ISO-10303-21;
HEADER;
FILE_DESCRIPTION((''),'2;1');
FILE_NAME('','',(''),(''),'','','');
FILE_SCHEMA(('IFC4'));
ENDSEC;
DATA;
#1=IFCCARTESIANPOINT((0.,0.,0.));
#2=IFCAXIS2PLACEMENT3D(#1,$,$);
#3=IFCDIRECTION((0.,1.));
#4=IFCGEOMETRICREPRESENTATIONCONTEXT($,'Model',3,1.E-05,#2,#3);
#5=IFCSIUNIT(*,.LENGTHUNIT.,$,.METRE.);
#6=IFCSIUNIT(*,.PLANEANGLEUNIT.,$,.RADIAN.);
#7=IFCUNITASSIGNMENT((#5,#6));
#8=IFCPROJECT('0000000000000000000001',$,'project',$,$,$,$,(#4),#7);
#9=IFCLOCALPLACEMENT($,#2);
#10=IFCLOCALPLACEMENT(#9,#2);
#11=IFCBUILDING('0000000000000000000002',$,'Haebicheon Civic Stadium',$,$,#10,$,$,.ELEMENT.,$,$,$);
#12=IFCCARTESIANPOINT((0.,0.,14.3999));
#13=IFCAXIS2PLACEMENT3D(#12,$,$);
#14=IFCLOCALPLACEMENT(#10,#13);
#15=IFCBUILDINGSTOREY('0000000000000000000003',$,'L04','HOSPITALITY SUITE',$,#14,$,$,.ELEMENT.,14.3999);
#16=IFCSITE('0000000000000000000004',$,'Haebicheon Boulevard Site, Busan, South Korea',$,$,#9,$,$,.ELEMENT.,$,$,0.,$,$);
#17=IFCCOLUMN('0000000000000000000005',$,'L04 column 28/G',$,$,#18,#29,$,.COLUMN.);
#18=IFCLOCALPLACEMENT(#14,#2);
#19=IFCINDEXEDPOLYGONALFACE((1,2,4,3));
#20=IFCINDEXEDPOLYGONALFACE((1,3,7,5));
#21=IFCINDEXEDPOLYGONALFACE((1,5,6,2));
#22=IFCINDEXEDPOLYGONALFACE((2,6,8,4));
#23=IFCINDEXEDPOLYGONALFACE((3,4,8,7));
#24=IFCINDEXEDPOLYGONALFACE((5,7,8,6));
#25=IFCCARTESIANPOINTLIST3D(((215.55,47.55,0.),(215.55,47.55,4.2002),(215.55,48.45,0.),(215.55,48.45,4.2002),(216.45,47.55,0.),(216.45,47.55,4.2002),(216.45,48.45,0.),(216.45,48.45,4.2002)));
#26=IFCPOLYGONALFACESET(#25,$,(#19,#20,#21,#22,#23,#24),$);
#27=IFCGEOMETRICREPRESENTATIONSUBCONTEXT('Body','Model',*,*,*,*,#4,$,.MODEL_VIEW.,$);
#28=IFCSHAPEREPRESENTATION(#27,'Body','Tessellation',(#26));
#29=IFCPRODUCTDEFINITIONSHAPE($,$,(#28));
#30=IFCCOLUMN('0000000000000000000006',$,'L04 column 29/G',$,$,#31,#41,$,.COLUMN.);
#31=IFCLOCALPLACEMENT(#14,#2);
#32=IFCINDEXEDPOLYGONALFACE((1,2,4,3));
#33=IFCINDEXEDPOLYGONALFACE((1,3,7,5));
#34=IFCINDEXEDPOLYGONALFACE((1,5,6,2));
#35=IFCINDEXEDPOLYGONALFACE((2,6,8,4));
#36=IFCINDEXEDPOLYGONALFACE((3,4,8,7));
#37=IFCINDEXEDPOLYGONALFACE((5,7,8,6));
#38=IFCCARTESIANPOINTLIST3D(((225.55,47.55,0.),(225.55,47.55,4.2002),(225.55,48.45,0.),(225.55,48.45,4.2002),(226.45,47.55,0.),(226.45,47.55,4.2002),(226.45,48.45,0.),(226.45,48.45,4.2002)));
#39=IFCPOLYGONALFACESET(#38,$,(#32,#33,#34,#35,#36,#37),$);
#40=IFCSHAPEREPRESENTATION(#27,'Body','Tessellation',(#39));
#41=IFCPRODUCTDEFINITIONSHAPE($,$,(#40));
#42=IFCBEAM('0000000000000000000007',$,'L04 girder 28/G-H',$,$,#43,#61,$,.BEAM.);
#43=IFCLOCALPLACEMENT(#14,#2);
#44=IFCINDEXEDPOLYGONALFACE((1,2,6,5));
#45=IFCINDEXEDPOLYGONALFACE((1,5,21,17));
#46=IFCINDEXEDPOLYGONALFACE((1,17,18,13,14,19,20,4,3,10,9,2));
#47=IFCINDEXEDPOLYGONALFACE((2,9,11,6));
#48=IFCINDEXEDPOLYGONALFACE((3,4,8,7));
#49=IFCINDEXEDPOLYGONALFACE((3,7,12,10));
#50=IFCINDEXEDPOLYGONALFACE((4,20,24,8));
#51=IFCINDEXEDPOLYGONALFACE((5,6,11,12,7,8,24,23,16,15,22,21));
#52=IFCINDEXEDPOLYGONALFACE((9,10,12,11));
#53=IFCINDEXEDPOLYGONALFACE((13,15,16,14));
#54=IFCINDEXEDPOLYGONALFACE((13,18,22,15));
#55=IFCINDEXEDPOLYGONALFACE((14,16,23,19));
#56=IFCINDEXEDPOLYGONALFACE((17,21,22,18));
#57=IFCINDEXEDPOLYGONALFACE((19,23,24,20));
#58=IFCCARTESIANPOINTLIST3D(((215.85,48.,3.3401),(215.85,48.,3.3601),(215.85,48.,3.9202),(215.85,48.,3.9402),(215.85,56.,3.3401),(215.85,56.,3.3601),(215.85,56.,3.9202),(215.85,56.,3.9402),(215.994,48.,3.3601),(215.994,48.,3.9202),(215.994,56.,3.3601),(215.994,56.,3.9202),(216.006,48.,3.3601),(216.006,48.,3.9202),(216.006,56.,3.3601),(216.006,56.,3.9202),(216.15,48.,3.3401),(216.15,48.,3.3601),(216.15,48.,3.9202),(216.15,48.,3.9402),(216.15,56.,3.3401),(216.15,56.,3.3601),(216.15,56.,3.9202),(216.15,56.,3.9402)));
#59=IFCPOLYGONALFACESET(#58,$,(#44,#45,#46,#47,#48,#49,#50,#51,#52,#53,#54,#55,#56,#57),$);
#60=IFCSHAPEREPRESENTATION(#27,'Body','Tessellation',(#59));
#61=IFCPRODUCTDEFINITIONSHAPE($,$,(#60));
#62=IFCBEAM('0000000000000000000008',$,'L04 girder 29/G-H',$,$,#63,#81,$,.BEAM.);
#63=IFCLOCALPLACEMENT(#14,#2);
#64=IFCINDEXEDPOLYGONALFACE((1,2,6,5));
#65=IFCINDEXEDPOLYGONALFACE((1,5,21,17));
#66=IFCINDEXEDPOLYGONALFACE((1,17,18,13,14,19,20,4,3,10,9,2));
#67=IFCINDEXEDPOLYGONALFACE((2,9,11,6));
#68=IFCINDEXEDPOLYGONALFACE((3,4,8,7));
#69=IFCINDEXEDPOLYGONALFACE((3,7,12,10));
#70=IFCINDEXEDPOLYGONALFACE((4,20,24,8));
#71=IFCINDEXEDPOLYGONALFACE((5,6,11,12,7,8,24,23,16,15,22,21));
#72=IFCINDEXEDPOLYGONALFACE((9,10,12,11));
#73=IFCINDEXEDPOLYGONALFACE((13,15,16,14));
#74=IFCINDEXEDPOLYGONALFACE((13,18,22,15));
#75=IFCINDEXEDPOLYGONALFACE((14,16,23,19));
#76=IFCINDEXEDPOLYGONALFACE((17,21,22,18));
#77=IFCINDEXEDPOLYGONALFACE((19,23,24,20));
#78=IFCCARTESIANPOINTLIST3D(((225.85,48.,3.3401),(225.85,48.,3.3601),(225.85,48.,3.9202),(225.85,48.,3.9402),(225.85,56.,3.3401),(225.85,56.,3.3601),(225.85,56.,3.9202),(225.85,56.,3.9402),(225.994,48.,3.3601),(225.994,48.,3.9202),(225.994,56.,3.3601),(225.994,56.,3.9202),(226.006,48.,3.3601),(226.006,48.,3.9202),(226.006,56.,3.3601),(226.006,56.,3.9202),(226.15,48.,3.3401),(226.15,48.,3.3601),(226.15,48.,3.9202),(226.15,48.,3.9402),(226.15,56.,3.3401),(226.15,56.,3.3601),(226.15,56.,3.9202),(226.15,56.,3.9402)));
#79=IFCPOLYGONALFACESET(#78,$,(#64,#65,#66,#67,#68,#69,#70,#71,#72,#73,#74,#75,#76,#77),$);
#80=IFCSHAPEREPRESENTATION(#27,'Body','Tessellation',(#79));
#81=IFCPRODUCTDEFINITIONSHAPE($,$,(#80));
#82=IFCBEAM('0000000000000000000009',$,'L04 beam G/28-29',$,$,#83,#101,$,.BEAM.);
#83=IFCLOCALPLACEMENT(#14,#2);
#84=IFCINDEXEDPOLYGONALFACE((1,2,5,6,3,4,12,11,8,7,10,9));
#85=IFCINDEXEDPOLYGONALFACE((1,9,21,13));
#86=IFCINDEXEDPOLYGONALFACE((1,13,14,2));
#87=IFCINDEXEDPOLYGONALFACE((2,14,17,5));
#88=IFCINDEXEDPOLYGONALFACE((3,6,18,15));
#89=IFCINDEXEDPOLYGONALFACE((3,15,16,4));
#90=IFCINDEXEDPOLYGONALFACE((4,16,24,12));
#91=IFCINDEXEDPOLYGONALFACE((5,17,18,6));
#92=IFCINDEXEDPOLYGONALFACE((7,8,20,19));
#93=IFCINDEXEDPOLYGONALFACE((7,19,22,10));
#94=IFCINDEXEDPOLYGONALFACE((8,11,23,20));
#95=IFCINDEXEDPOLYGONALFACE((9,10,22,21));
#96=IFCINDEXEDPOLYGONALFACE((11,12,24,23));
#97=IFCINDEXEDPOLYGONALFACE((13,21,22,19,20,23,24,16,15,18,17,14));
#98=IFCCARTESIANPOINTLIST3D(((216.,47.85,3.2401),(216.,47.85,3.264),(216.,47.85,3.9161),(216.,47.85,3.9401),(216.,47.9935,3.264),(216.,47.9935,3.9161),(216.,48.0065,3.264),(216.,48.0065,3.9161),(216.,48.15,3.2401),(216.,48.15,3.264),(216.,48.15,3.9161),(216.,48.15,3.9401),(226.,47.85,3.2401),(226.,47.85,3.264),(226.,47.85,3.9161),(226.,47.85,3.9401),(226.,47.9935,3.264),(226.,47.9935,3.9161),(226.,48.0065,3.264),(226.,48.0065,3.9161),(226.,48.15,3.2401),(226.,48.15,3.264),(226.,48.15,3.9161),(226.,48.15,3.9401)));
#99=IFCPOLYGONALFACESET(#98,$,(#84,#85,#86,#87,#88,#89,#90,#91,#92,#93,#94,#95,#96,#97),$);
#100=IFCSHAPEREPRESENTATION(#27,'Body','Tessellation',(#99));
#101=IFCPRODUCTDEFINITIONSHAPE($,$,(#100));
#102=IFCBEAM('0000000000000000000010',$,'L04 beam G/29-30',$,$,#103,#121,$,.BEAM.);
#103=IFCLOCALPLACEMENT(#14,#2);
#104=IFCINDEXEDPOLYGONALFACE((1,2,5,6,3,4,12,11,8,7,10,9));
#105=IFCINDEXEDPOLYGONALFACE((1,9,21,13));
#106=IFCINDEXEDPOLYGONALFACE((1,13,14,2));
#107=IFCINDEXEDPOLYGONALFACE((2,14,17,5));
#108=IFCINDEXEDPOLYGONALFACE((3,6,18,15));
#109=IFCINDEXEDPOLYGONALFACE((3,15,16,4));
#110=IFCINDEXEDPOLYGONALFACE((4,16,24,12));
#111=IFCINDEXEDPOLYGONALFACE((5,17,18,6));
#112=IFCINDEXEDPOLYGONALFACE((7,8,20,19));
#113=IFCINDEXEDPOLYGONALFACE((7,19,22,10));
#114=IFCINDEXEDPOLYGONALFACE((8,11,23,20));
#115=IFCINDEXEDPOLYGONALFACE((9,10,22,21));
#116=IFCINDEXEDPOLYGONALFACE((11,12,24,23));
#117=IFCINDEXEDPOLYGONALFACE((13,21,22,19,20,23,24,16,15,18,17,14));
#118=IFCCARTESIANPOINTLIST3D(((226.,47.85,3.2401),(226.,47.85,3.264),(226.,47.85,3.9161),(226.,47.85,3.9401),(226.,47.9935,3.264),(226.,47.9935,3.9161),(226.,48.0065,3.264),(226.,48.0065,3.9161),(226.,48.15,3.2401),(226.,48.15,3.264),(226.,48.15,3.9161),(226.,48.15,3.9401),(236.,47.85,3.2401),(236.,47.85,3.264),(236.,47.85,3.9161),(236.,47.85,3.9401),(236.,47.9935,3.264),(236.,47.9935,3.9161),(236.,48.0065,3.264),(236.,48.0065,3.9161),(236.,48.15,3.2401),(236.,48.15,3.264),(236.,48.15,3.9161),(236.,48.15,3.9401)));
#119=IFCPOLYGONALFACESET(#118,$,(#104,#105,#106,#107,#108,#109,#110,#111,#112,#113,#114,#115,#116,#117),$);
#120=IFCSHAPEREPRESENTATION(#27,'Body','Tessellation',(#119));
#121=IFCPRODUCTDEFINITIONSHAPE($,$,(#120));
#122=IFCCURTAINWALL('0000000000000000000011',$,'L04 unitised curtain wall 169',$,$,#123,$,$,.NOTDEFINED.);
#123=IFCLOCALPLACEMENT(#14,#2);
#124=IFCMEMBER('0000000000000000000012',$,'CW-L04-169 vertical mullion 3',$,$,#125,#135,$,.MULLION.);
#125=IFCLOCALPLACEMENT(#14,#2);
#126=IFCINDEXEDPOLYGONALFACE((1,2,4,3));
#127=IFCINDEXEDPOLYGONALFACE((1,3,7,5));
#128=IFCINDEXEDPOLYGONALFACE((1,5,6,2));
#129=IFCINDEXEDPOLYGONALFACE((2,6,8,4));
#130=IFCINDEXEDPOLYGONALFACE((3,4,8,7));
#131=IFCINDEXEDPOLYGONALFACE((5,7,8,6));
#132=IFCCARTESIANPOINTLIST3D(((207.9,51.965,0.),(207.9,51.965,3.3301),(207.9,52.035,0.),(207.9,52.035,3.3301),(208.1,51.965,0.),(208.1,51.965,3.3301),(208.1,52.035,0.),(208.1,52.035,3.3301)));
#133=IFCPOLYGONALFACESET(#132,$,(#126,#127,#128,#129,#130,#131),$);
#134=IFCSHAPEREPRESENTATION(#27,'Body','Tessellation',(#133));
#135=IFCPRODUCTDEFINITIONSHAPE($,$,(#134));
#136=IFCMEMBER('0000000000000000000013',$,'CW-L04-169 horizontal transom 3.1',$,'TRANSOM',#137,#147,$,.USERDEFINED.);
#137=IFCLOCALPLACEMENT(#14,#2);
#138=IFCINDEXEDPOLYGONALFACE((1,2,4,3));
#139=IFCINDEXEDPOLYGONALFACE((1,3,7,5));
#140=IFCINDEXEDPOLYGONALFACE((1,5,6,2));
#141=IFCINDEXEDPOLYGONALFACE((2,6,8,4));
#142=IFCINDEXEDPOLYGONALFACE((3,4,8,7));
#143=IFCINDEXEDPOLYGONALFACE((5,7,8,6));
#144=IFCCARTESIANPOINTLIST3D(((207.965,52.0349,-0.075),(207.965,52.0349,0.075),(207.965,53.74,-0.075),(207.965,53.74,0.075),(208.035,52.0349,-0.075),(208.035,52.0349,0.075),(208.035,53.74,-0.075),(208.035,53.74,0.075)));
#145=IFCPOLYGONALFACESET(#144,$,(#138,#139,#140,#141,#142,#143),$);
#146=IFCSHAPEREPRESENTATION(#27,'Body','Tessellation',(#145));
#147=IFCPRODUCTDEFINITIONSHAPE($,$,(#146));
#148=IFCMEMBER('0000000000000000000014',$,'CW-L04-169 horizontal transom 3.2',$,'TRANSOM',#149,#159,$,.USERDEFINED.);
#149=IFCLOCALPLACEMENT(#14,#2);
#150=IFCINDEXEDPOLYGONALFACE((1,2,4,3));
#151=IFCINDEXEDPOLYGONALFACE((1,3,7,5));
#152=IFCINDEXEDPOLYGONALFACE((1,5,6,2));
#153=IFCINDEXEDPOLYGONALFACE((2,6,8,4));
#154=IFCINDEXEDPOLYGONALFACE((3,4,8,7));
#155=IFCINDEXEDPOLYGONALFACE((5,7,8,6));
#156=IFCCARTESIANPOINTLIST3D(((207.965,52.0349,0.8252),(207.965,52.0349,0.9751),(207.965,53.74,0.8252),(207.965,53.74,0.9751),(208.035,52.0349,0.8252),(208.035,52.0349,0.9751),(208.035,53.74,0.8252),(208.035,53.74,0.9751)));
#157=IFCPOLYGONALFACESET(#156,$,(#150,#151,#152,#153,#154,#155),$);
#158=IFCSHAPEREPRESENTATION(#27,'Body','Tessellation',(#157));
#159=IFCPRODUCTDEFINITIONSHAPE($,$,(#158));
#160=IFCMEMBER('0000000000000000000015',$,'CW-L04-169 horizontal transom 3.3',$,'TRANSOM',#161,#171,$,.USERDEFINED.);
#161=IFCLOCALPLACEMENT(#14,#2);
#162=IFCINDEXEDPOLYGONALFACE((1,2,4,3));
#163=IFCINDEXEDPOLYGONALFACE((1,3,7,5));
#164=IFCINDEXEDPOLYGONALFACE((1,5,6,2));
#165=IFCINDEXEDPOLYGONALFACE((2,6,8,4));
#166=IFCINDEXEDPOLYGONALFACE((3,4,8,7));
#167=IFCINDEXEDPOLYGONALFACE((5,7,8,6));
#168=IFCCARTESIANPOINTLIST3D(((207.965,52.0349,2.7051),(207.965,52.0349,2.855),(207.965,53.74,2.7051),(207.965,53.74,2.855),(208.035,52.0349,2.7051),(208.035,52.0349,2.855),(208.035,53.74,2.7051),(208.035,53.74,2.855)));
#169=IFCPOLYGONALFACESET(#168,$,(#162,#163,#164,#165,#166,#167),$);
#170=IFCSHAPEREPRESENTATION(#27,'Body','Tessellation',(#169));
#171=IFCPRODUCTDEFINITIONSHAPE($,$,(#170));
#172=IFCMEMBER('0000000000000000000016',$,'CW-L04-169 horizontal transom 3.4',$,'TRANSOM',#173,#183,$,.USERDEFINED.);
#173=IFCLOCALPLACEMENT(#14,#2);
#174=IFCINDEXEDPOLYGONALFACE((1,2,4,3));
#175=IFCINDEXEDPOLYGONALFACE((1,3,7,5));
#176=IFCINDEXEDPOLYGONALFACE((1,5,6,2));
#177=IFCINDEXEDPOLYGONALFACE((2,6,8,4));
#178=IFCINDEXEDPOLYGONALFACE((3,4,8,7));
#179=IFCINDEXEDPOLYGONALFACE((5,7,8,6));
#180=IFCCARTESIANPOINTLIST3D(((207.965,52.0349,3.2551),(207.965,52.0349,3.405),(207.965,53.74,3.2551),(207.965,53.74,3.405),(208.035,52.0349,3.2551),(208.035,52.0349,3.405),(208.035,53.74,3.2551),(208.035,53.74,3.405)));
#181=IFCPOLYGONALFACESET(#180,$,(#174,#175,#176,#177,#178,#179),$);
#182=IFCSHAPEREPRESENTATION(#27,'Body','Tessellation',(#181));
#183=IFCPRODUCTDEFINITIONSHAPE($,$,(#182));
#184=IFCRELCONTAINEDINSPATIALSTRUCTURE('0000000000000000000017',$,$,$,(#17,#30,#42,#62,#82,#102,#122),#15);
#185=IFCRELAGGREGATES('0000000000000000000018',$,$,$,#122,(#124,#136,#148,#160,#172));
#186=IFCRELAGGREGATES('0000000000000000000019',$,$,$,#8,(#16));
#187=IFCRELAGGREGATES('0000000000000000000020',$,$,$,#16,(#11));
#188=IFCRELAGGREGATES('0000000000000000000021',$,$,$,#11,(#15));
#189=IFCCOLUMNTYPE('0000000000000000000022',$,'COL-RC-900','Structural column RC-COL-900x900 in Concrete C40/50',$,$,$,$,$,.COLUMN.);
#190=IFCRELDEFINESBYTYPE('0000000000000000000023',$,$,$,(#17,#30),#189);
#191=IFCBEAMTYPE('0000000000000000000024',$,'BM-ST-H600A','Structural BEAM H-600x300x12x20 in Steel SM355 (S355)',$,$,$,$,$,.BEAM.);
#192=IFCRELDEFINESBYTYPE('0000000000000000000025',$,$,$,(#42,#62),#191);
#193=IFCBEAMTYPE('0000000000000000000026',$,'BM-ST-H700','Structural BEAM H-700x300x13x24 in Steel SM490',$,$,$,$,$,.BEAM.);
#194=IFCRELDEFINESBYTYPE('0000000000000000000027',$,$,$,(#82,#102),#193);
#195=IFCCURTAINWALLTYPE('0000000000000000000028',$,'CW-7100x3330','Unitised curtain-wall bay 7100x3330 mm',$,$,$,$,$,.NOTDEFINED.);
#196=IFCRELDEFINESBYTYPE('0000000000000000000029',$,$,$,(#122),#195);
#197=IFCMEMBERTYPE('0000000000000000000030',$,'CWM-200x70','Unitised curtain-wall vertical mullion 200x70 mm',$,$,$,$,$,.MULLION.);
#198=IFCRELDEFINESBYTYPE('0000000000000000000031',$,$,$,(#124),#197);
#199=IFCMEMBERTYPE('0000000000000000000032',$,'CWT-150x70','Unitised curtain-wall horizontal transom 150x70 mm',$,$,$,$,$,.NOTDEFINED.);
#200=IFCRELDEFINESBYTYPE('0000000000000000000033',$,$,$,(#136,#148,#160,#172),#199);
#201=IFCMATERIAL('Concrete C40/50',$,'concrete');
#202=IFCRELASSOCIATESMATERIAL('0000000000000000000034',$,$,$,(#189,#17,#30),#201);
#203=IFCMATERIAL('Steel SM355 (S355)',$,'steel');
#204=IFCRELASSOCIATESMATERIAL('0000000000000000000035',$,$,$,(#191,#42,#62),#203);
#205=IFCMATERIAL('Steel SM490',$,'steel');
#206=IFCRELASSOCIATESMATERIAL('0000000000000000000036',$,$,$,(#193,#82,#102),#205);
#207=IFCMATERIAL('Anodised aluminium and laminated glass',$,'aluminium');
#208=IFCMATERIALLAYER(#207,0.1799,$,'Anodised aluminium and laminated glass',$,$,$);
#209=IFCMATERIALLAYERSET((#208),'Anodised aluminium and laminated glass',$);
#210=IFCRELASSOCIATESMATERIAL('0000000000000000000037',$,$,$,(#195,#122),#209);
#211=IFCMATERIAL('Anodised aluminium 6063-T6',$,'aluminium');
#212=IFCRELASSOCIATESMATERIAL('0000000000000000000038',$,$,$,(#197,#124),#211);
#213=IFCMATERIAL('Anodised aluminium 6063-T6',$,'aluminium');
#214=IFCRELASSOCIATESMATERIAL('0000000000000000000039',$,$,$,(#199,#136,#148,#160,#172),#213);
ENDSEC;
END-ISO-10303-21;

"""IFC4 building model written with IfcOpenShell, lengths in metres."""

from ifc_helpers import new_model, si_unit, direction, frame, origin, origin_2d, place, context, subcontext, project, spatial, rectangle, i_section, extrude, material, layer, layer_set, material_profile, profile_set, type_object, element, aggregate, save


model = new_model("IFC4")

# Units and contexts
model_context = context("Model", 3, precision=1e-05, world=origin(), true_north=direction((0.0, 1.0)))
body_context = subcontext(model_context, "Body", "Model", "MODEL_VIEW")
ifc_project = project(units=[si_unit("LENGTHUNIT", "METRE"), si_unit("PLANEANGLEUNIT", "RADIAN")], contexts=[model_context])

# Site, building, storey
site_placement = place(None, origin())
site = spatial("IfcSite", under=ifc_project, at=site_placement, Name="Haebicheon Boulevard Site, Busan, South Korea", CompositionType="ELEMENT", RefElevation=0.0)
building_placement = place(site_placement, origin())
building = spatial("IfcBuilding", under=site, at=building_placement, Name="Haebicheon Civic Stadium", CompositionType="ELEMENT")
storey_placement = place(building_placement, frame((0.0, 0.0, 14.3999)))
storey = spatial("IfcBuildingStorey", under=building, at=storey_placement, Name="L04", Description="HOSPITALITY SUITE", CompositionType="ELEMENT", Elevation=14.3999)

# Columns
ifc_material_1 = material(Name="Concrete C40/50", Category="concrete")
ifc_material_profile_1 = material_profile(ifc_material_1, rectangle(XDim=0.8999, YDim=0.8999, at=origin_2d()), Name="RC-COL-900x900")
ifc_profile_set_1 = profile_set([ifc_material_profile_1], Name="Concrete C40/50")
column_type = type_object("IfcColumnType", Name="COL-RC-900", Description="Structural column RC-COL-900x900 in Concrete C40/50", PredefinedType="COLUMN", material=ifc_profile_set_1)
for number, where, z_axis, x_axis, name in (
    (1, (216.0, 48.0, 0.0), (0.0, 0.0, 1.0), (1.0, 0.0, 0.0), "L04 column 28/G"),
    (2, (226.0, 48.0, 0.0), (0.0, 0.0, 1.0), (1.0, 0.0, 0.0), "L04 column 29/G"),
):
    element("IfcColumn", number, at=place(storey_placement, frame(where, z_axis=z_axis, x_axis=x_axis)), inside=storey, type_object=column_type, material=ifc_profile_set_1, Name=name, PredefinedType="COLUMN", context=body_context, shape_type="SweptSolid", body=[
        extrude(rectangle(XDim=0.8999, YDim=0.8999, at=origin_2d()), origin(), (0.0, 0.0, 1.0), 4.2002),
    ])

# Beams
ifc_material_2 = material(Name="Steel SM355 (S355)", Category="steel")
ifc_material_profile_2 = material_profile(ifc_material_2, i_section(OverallWidth=0.3, OverallDepth=0.6001, WebThickness=0.012, FlangeThickness=0.02, at=origin_2d()), Name="H-600x300x12x20")
ifc_profile_set_2 = profile_set([ifc_material_profile_2], Name="Steel SM355 (S355)")
beam_type_1 = type_object("IfcBeamType", Name="BM-ST-H600A", Description="Structural BEAM H-600x300x12x20 in Steel SM355 (S355)", PredefinedType="BEAM", material=ifc_profile_set_2)
for number, where, z_axis, x_axis, name in (
    (3, (216.0, 48.0, 3.6401), (0.0, 1.0, 0.0), (-1.0, 0.0, 0.0), "L04 girder 28/G-H"),
    (4, (226.0, 48.0, 3.6401), (0.0, 1.0, 0.0), (-1.0, 0.0, 0.0), "L04 girder 29/G-H"),
):
    element("IfcBeam", number, at=place(storey_placement, frame(where, z_axis=z_axis, x_axis=x_axis)), inside=storey, type_object=beam_type_1, material=ifc_profile_set_2, Name=name, PredefinedType="BEAM", context=body_context, shape_type="SweptSolid", body=[
        extrude(i_section(OverallWidth=0.3, OverallDepth=0.6001, WebThickness=0.012, FlangeThickness=0.02, at=origin_2d()), origin(), (0.0, 0.0, 1.0), 8.0),
    ])
ifc_material_3 = material(Name="Steel SM490", Category="steel")
ifc_material_profile_3 = material_profile(ifc_material_3, i_section(OverallWidth=0.3, OverallDepth=0.7, WebThickness=0.0129, FlangeThickness=0.0239, at=origin_2d()), Name="H-700x300x13x24")
ifc_profile_set_3 = profile_set([ifc_material_profile_3], Name="Steel SM490")
beam_type_2 = type_object("IfcBeamType", Name="BM-ST-H700", Description="Structural BEAM H-700x300x13x24 in Steel SM490", PredefinedType="BEAM", material=ifc_profile_set_3)
for number, where, z_axis, x_axis, name in (
    (5, (216.0, 48.0, 3.5901), (1.0, 0.0, 0.0), (0.0, 1.0, 0.0), "L04 beam G/28-29"),
    (6, (226.0, 48.0, 3.5901), (1.0, 0.0, 0.0), (0.0, 1.0, 0.0), "L04 beam G/29-30"),
):
    element("IfcBeam", number, at=place(storey_placement, frame(where, z_axis=z_axis, x_axis=x_axis)), inside=storey, type_object=beam_type_2, material=ifc_profile_set_3, Name=name, PredefinedType="BEAM", context=body_context, shape_type="SweptSolid", body=[
        extrude(i_section(OverallWidth=0.3, OverallDepth=0.7, WebThickness=0.0129, FlangeThickness=0.0239, at=origin_2d()), origin(), (0.0, 0.0, 1.0), 10.0),
    ])

# Curtain wall, members
ifc_material_4 = material(Name="Anodised aluminium and laminated glass", Category="aluminium")
ifc_layer_1 = layer(ifc_material_4, 0.1799, Name="Anodised aluminium and laminated glass")
ifc_layer_set_1 = layer_set([ifc_layer_1], Name="Anodised aluminium and laminated glass")
curtain_wall_type = type_object("IfcCurtainWallType", Name="CW-7100x3330", Description="Unitised curtain-wall bay 7100x3330 mm", PredefinedType="NOTDEFINED", material=ifc_layer_set_1)
curtain_wall_placement = place(storey_placement, origin())
curtain_wall = element("IfcCurtainWall", 7, at=curtain_wall_placement, inside=storey, type_object=curtain_wall_type, material=ifc_layer_set_1, Name="L04 unitised curtain wall 169", PredefinedType="NOTDEFINED")
ifc_material_5 = material(Name="Anodised aluminium 6063-T6", Category="aluminium")
ifc_material_profile_4 = material_profile(ifc_material_5, rectangle(XDim=0.0701, YDim=0.2, at=origin_2d()), Name="ALU-MULL-70x200")
ifc_profile_set_4 = profile_set([ifc_material_profile_4], Name="Anodised aluminium 6063-T6")
member_type_1 = type_object("IfcMemberType", Name="CWM-200x70", Description="Unitised curtain-wall vertical mullion 200x70 mm", PredefinedType="MULLION", material=ifc_profile_set_4)
member_1_placement = place(storey_placement, frame((208.0, 52.0, 0.0), z_axis=(0.0, 0.0, 1.0), x_axis=(0.0, 1.0, 0.0)))
member_1 = element("IfcMember", 8, at=member_1_placement, type_object=member_type_1, material=ifc_profile_set_4, Name="CW-L04-169 vertical mullion 3", PredefinedType="MULLION", context=body_context, shape_type="SweptSolid", body=[
    extrude(rectangle(XDim=0.0701, YDim=0.2, at=origin_2d()), origin(), (0.0, 0.0, 1.0), 3.3301),
])
ifc_material_6 = material(Name="Anodised aluminium 6063-T6", Category="aluminium")
ifc_material_profile_5 = material_profile(ifc_material_6, rectangle(XDim=0.0701, YDim=0.1499, at=origin_2d()), Name="ALU-TRAN-70x150")
ifc_profile_set_5 = profile_set([ifc_material_profile_5], Name="Anodised aluminium 6063-T6")
member_type_2 = type_object("IfcMemberType", Name="CWT-150x70", Description="Unitised curtain-wall horizontal transom 150x70 mm", PredefinedType="NOTDEFINED", material=ifc_profile_set_5)
member_2_placement = place(storey_placement, frame((208.0, 52.0349, 0.0), z_axis=(0.0, 1.0, 0.0), x_axis=(-1.0, 0.0, 0.0)))
member_2 = element("IfcMember", 9, at=member_2_placement, type_object=member_type_2, material=ifc_profile_set_5, Name="CW-L04-169 horizontal transom 3.1", ObjectType="TRANSOM", PredefinedType="USERDEFINED", context=body_context, shape_type="SweptSolid", body=[
    extrude(rectangle(XDim=0.0701, YDim=0.1499, at=origin_2d()), origin(), (0.0, 0.0, 1.0), 1.7051),
])
member_3_placement = place(storey_placement, frame((208.0, 52.0349, 0.9001), z_axis=(0.0, 1.0, 0.0), x_axis=(-1.0, 0.0, 0.0)))
member_3 = element("IfcMember", 10, at=member_3_placement, type_object=member_type_2, material=ifc_profile_set_5, Name="CW-L04-169 horizontal transom 3.2", ObjectType="TRANSOM", PredefinedType="USERDEFINED", context=body_context, shape_type="SweptSolid", body=[
    extrude(rectangle(XDim=0.0701, YDim=0.1499, at=origin_2d()), origin(), (0.0, 0.0, 1.0), 1.7051),
])
member_4_placement = place(storey_placement, frame((208.0, 52.0349, 2.78), z_axis=(0.0, 1.0, 0.0), x_axis=(-1.0, 0.0, 0.0)))
member_4 = element("IfcMember", 11, at=member_4_placement, type_object=member_type_2, material=ifc_profile_set_5, Name="CW-L04-169 horizontal transom 3.3", ObjectType="TRANSOM", PredefinedType="USERDEFINED", context=body_context, shape_type="SweptSolid", body=[
    extrude(rectangle(XDim=0.0701, YDim=0.1499, at=origin_2d()), origin(), (0.0, 0.0, 1.0), 1.7051),
])
member_5_placement = place(storey_placement, frame((208.0, 52.0349, 3.3301), z_axis=(0.0, 1.0, 0.0), x_axis=(-1.0, 0.0, 0.0)))
member_5 = element("IfcMember", 12, at=member_5_placement, type_object=member_type_2, material=ifc_profile_set_5, Name="CW-L04-169 horizontal transom 3.4", ObjectType="TRANSOM", PredefinedType="USERDEFINED", context=body_context, shape_type="SweptSolid", body=[
    extrude(rectangle(XDim=0.0701, YDim=0.1499, at=origin_2d()), origin(), (0.0, 0.0, 1.0), 1.7051),
])
aggregate(curtain_wall, [member_1, member_2, member_3, member_4, member_5])

save(model, "model.ifc")
